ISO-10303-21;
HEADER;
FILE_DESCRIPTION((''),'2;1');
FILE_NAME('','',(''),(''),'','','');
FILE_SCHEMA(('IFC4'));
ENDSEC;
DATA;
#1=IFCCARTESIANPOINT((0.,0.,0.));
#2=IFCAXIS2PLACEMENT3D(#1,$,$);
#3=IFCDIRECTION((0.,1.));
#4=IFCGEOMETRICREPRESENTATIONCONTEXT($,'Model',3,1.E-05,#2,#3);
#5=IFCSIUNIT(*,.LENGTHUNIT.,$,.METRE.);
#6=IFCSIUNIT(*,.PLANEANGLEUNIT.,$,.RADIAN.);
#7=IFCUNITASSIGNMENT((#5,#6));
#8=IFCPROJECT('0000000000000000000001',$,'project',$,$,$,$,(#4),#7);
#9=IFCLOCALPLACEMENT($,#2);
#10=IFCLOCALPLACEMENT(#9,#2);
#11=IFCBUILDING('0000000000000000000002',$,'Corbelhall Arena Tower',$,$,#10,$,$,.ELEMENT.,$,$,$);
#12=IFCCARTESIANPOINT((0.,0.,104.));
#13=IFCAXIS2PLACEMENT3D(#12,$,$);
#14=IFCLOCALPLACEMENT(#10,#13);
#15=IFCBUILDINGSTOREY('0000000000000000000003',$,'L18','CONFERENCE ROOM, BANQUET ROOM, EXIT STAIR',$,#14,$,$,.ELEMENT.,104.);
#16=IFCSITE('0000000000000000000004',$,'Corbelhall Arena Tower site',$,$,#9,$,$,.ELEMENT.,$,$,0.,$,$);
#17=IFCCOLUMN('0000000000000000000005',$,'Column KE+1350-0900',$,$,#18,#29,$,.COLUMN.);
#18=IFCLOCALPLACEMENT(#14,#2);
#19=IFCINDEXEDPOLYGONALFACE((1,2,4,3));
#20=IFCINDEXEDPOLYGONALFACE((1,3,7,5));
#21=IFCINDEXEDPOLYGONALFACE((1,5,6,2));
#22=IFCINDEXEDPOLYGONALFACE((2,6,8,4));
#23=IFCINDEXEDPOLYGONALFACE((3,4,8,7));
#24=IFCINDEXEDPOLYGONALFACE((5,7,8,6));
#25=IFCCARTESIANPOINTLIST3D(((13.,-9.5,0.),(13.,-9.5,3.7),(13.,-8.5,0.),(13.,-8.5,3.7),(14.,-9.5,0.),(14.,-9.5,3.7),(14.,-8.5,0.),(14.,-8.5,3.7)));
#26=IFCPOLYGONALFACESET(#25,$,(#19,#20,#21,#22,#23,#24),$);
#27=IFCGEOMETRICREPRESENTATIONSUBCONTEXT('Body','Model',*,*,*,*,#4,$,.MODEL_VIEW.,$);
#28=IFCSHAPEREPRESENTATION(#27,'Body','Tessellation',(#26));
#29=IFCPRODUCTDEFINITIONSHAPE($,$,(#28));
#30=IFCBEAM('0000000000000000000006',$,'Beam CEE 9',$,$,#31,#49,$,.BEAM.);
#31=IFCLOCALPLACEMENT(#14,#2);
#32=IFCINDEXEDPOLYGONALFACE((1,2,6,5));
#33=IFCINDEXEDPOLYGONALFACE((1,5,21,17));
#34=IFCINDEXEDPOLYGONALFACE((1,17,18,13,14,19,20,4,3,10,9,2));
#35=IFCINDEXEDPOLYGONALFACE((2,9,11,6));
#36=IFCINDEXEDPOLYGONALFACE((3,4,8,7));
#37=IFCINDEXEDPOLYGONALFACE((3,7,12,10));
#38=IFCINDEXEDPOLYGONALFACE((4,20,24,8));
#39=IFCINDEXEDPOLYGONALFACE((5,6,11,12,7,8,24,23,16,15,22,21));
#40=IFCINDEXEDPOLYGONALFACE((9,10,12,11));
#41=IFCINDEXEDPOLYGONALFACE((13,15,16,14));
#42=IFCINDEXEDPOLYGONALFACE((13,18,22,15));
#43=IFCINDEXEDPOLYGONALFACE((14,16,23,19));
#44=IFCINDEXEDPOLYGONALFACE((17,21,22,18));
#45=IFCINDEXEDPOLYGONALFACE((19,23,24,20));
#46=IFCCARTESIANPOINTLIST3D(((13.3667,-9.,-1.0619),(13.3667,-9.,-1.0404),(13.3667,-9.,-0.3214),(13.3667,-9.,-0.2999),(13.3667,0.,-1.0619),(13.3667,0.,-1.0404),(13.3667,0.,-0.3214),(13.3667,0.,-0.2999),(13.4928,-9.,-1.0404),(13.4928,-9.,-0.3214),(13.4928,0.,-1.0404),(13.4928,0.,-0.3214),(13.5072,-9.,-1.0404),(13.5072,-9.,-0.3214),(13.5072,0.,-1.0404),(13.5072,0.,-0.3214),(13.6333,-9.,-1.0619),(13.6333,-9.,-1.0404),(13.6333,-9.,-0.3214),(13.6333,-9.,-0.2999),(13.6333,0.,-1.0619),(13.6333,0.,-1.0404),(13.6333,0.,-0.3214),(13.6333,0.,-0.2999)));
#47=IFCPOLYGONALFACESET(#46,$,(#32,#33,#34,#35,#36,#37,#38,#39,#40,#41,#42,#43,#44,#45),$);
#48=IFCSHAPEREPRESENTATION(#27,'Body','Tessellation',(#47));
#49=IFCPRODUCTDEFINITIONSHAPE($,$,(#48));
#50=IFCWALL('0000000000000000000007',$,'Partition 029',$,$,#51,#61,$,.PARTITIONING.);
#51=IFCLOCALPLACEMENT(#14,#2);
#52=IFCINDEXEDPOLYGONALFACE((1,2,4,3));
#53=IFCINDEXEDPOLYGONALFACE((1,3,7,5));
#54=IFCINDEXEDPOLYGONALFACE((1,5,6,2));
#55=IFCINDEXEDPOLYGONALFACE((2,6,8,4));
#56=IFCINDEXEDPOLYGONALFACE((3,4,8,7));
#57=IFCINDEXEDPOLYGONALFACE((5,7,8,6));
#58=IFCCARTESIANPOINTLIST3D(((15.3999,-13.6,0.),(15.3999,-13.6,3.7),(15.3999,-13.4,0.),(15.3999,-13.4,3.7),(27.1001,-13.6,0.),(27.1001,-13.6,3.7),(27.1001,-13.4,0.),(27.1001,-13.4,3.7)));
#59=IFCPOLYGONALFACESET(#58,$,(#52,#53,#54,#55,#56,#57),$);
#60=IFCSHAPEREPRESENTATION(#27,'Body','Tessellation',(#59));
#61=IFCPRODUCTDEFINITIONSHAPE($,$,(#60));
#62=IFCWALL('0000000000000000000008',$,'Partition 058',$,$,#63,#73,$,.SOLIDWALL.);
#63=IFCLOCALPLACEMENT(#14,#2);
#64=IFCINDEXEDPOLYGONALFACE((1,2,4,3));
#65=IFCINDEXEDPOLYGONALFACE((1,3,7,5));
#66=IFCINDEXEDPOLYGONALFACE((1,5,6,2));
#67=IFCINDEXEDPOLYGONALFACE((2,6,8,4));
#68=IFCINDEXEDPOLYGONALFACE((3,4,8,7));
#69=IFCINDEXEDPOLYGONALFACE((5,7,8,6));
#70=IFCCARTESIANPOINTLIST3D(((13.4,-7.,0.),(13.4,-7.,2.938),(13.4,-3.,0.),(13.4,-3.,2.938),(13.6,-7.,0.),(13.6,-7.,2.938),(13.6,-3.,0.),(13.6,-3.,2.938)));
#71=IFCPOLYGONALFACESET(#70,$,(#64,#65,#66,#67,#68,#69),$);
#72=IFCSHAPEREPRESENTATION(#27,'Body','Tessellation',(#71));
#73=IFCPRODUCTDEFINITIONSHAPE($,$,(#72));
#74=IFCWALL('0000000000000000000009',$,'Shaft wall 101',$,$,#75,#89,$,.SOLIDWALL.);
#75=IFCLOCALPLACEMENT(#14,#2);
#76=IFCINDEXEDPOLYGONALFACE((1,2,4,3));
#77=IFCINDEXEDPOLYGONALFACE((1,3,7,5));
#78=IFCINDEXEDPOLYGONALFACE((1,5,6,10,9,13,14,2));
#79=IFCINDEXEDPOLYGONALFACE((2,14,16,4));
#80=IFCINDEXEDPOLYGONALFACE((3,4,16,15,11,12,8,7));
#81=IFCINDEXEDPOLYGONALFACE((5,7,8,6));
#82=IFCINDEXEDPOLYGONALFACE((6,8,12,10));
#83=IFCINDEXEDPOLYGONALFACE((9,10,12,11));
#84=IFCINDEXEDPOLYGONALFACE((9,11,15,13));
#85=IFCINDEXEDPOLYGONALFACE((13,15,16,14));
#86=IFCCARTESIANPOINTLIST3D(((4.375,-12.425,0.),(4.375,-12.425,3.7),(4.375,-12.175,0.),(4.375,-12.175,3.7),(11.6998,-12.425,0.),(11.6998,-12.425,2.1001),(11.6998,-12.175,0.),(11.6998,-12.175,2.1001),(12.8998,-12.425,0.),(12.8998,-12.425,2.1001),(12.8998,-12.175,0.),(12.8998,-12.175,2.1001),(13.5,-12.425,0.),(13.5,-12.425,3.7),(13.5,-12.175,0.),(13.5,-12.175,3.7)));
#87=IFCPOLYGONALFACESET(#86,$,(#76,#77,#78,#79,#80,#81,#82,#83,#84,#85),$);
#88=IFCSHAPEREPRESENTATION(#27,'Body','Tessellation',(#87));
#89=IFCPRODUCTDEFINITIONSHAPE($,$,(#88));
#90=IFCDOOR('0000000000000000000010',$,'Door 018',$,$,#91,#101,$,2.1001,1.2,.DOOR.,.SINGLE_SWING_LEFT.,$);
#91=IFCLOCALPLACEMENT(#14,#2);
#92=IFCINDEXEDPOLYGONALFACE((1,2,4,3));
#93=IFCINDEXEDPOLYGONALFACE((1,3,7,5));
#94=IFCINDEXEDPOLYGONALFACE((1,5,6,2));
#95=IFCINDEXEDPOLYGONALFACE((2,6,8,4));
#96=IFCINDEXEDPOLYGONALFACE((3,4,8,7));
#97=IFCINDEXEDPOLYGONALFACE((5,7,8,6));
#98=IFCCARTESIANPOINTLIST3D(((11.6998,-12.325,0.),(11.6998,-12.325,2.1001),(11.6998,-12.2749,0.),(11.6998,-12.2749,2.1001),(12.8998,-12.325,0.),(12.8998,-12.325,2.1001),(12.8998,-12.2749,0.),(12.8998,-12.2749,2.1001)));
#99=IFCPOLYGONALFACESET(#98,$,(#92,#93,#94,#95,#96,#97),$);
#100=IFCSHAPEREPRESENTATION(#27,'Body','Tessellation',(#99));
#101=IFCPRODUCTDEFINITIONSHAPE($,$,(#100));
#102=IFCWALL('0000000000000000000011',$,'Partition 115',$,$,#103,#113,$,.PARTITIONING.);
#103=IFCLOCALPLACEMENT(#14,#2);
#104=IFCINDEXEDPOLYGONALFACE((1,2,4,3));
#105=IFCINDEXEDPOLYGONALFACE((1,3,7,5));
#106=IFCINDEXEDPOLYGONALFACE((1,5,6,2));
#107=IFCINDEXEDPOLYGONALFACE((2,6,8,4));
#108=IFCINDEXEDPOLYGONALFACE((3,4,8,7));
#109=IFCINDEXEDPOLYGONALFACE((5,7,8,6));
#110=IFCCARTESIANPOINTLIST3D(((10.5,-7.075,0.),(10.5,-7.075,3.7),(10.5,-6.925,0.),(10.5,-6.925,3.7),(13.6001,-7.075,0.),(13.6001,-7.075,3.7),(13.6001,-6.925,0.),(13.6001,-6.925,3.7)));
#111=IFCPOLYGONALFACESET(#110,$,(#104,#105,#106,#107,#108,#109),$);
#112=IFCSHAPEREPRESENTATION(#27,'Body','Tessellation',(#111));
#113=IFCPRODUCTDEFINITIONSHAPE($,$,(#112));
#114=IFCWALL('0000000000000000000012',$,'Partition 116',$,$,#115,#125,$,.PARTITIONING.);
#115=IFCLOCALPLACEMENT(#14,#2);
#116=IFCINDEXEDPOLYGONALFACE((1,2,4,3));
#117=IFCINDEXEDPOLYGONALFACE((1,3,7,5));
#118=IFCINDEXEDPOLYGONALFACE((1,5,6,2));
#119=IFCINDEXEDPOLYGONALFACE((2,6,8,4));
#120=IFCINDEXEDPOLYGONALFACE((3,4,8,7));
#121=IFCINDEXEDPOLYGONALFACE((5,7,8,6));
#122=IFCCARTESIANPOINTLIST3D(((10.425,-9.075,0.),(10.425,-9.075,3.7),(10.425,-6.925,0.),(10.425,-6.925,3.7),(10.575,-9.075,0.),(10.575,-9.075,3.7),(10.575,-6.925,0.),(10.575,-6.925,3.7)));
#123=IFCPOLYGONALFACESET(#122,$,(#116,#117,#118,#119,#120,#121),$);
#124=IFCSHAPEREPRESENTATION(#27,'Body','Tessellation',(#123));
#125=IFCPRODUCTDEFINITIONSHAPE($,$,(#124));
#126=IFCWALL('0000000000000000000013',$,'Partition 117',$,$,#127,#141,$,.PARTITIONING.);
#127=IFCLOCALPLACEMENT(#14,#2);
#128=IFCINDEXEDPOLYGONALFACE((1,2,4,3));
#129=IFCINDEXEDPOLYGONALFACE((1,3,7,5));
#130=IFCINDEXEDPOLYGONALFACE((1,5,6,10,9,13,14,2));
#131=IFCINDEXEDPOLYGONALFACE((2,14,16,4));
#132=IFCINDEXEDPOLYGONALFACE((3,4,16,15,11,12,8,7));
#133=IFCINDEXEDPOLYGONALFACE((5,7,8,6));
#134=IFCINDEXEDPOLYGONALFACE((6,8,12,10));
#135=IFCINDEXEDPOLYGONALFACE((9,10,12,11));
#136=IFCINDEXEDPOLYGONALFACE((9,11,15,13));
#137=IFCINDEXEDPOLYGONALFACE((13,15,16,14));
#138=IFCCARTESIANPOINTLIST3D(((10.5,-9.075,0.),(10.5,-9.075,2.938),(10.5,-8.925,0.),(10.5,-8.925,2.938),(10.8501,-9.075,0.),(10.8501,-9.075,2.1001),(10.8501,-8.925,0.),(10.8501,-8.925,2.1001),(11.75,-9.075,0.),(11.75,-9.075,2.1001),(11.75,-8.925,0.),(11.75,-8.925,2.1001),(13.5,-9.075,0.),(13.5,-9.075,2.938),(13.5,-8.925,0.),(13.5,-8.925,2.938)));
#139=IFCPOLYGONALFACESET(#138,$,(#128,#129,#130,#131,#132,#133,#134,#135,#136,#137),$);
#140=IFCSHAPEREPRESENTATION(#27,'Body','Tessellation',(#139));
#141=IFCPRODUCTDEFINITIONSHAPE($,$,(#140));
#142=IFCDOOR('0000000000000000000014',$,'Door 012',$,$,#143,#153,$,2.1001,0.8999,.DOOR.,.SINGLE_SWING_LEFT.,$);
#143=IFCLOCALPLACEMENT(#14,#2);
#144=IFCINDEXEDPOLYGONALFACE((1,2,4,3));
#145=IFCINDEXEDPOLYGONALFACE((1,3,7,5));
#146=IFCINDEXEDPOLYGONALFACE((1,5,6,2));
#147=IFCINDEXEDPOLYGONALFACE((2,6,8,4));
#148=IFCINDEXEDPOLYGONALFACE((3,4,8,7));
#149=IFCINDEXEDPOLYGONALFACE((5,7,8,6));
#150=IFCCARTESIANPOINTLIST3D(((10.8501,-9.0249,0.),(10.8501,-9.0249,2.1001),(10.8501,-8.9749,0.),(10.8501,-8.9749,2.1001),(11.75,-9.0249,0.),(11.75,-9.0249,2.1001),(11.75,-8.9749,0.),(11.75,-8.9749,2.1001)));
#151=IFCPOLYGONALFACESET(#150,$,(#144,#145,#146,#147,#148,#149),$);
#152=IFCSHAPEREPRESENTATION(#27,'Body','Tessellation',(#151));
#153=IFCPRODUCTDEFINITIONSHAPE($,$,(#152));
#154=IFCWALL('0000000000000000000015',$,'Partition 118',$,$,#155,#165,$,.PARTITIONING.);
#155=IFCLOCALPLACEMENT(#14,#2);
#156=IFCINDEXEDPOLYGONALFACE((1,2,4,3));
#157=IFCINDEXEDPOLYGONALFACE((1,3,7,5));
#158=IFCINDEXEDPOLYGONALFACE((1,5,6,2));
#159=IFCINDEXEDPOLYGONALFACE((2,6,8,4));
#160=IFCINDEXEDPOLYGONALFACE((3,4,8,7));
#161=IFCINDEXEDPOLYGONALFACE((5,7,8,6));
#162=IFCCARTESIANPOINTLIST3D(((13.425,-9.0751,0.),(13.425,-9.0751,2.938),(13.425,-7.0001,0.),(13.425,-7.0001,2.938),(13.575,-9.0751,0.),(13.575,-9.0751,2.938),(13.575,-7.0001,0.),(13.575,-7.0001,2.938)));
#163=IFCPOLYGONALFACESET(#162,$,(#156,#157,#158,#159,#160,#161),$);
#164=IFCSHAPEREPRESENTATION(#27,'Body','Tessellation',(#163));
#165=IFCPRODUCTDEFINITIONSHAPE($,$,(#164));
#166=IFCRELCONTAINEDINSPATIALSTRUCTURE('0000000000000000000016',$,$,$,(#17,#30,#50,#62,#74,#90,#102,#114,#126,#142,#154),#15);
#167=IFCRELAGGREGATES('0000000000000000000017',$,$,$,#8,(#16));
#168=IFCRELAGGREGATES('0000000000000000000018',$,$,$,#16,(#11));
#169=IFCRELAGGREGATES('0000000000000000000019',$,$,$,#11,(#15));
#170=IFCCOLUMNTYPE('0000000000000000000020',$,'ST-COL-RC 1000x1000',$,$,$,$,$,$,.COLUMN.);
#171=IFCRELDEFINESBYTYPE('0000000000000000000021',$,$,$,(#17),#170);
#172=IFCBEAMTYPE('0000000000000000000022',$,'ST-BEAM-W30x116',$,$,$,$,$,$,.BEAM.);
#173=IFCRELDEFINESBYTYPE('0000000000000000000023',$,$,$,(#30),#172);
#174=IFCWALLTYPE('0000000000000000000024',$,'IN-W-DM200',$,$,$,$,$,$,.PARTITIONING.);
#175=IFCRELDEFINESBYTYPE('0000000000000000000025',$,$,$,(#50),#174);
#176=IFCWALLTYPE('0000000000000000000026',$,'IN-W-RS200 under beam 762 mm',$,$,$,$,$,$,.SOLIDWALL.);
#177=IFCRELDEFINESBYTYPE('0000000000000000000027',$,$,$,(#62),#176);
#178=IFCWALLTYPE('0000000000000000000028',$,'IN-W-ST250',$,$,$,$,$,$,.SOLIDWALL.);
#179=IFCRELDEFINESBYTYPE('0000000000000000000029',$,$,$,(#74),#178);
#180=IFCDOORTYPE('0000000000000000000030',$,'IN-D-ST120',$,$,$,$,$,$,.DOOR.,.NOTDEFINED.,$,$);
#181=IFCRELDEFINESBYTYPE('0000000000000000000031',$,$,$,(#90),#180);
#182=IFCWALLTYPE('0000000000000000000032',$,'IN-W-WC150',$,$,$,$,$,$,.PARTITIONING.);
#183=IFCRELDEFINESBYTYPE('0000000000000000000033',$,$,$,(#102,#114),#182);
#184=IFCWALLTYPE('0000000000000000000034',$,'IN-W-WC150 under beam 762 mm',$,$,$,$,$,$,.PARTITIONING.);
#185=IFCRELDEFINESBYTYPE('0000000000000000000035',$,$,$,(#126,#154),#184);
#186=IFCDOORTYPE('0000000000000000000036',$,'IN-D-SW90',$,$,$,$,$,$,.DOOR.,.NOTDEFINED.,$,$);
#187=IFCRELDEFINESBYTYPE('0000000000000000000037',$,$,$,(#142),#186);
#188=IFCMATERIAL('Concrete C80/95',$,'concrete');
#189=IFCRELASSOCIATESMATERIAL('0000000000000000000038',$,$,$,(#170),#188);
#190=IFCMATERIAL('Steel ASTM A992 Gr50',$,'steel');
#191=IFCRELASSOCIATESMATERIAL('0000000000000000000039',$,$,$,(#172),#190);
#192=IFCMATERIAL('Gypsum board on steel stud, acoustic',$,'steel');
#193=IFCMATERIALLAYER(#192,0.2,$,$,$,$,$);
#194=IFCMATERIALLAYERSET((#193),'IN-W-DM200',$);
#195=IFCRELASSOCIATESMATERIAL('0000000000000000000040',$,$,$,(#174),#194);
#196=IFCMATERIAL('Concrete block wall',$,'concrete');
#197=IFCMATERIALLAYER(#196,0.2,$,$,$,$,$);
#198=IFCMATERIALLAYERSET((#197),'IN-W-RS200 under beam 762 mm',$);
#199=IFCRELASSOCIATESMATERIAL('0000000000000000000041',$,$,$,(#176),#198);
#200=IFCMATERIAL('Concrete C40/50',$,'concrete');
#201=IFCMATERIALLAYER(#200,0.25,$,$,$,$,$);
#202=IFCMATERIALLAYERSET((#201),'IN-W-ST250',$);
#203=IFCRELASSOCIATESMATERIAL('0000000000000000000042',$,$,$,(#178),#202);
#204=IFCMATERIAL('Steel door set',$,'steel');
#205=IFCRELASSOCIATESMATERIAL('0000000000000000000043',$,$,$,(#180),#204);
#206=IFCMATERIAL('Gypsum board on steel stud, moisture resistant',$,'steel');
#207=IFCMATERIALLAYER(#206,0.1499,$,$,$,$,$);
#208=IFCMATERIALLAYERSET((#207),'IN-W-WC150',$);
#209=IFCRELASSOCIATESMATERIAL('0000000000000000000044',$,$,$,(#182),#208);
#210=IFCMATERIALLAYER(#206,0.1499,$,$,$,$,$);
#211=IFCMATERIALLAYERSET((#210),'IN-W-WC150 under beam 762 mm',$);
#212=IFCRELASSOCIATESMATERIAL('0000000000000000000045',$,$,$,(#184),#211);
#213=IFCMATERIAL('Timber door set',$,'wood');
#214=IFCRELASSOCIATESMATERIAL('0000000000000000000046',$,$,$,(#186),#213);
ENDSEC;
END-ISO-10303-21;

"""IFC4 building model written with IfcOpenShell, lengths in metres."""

from ifc_helpers import new_model, si_unit, direction, frame, frame_2d, origin, origin_2d, place, context, subcontext, project, spatial, rectangle, i_section, extrude, material, layer, layer_set, material_profile, profile_set, type_object, element, fill, save


model = new_model("IFC4")

# Units and contexts
model_context = context("Model", 3, precision=1e-05, world=origin(), true_north=direction((0.0, 1.0)))
body_context = subcontext(model_context, "Body", "Model", "MODEL_VIEW")
ifc_project = project(units=[si_unit("LENGTHUNIT", "METRE"), si_unit("PLANEANGLEUNIT", "RADIAN")], contexts=[model_context])

# Site, building, storey
site_placement = place(None, origin())
site = spatial("IfcSite", under=ifc_project, at=site_placement, Name="Corbelhall Arena Tower site", CompositionType="ELEMENT", RefElevation=0.0)
building_placement = place(site_placement, origin())
building = spatial("IfcBuilding", under=site, at=building_placement, Name="Corbelhall Arena Tower", CompositionType="ELEMENT")
storey_placement = place(building_placement, frame((0.0, 0.0, 104.0)))
storey = spatial("IfcBuildingStorey", under=building, at=storey_placement, Name="L18", Description="CONFERENCE ROOM, BANQUET ROOM, EXIT STAIR", CompositionType="ELEMENT", Elevation=104.0)

# Column
ifc_material_1 = material(Name="Concrete C80/95", Category="concrete")
ifc_material_profile_1 = material_profile(ifc_material_1, rectangle(XDim=1.0, YDim=1.0, at=origin_2d()))
ifc_profile_set_1 = profile_set([ifc_material_profile_1], Name="Concrete C80/95")
column_type = type_object("IfcColumnType", Name="ST-COL-RC 1000x1000", PredefinedType="COLUMN", material=ifc_profile_set_1)
column_placement = place(storey_placement, frame((13.5, -9.0, 0.0), z_axis=(0.0, 0.0, 1.0), x_axis=(1.0, 0.0, 0.0)))
element("IfcColumn", 1, at=column_placement, inside=storey, type_object=column_type, Name="Column KE+1350-0900", PredefinedType="COLUMN", context=body_context, shape_type="SweptSolid", body=[
    extrude(rectangle(XDim=1.0, YDim=1.0, at=origin_2d()), origin(), (0.0, 0.0, 1.0), 3.7),
])

# Beam
ifc_material_2 = material(Name="Steel ASTM A992 Gr50", Category="steel")
ifc_material_profile_2 = material_profile(ifc_material_2, i_section(OverallWidth=0.2666, OverallDepth=0.762, WebThickness=0.0144, FlangeThickness=0.0215, at=origin_2d()))
ifc_profile_set_2 = profile_set([ifc_material_profile_2], Name="Steel ASTM A992 Gr50")
beam_type = type_object("IfcBeamType", Name="ST-BEAM-W30x116", PredefinedType="BEAM", material=ifc_profile_set_2)
beam_placement = place(storey_placement, frame((13.5, -9.0, -0.6809), z_axis=(0.0, 1.0, 0.0), x_axis=(-1.0, 0.0, 0.0)))
element("IfcBeam", 2, at=beam_placement, inside=storey, type_object=beam_type, Name="Beam CEE 9", PredefinedType="BEAM", context=body_context, shape_type="SweptSolid", body=[
    extrude(i_section(OverallWidth=0.2666, OverallDepth=0.762, WebThickness=0.0144, FlangeThickness=0.0215, at=origin_2d()), origin(), (0.0, 0.0, 1.0), 9.0),
])

# Shared definitions
ifc_material_3 = material(Name="Gypsum board on steel stud, acoustic", Category="steel")
ifc_layer_1 = layer(ifc_material_3, 0.2)
ifc_layer_set_1 = layer_set([ifc_layer_1], Name="IN-W-DM200")
wall_type_1 = type_object("IfcWallType", Name="IN-W-DM200", PredefinedType="PARTITIONING", material=ifc_layer_set_1)
ifc_material_4 = material(Name="Steel door set", Category="steel")

# Wall
wall_1_placement = place(storey_placement, frame((15.3999, -13.5, 0.0), z_axis=(0.0, 0.0, 1.0), x_axis=(1.0, 0.0, 0.0)))
element("IfcWall", 3, at=wall_1_placement, inside=storey, type_object=wall_type_1, Name="Partition 029", PredefinedType="PARTITIONING", context=body_context, shape_type="SweptSolid", body=[
    extrude(rectangle(XDim=11.7002, YDim=0.2, at=frame_2d((5.8501, 0.0))), origin(), (0.0, 0.0, 1.0), 3.7),
])

# Shared definitions
ifc_material_5 = material(Name="Concrete block wall", Category="concrete")

# Wall
ifc_layer_2 = layer(ifc_material_5, 0.2)
ifc_layer_set_2 = layer_set([ifc_layer_2], Name="IN-W-RS200 under beam 762 mm")
wall_type_2 = type_object("IfcWallType", Name="IN-W-RS200 under beam 762 mm", PredefinedType="SOLIDWALL", material=ifc_layer_set_2)
wall_2_placement = place(storey_placement, frame((13.5, -3.0, 0.0), z_axis=(0.0, 0.0, 1.0), x_axis=(0.0, -1.0, 0.0)))
element("IfcWall", 4, at=wall_2_placement, inside=storey, type_object=wall_type_2, Name="Partition 058", PredefinedType="SOLIDWALL", context=body_context, shape_type="SweptSolid", body=[
    extrude(rectangle(XDim=4.0, YDim=0.2, at=frame_2d((2.0, 0.0))), origin(), (0.0, 0.0, 1.0), 2.938),
])

# Wall, opening, door
ifc_material_6 = material(Name="Concrete C40/50", Category="concrete")
ifc_layer_3 = layer(ifc_material_6, 0.25)
ifc_layer_set_3 = layer_set([ifc_layer_3], Name="IN-W-ST250")
wall_type_3 = type_object("IfcWallType", Name="IN-W-ST250", PredefinedType="SOLIDWALL", material=ifc_layer_set_3)
wall_3_placement = place(storey_placement, frame((13.5, -12.3, 0.0), z_axis=(0.0, 0.0, 1.0), x_axis=(-1.0, 0.0, 0.0)))
wall_3 = element("IfcWall", 5, at=wall_3_placement, inside=storey, type_object=wall_type_3, Name="Shaft wall 101", PredefinedType="SOLIDWALL", context=body_context, shape_type="SweptSolid", body=[
    extrude(rectangle(XDim=9.125, YDim=0.25, at=frame_2d((4.5625, 0.0))), origin(), (0.0, 0.0, 1.0), 3.7),
])
opening_1_placement = place(wall_3_placement, frame((0.6001, 0.0, 0.0)))
opening_1 = element("IfcOpeningElement", 6, at=opening_1_placement, cuts=wall_3, PredefinedType="OPENING", context=body_context, shape_type="SweptSolid", body=[
    extrude(rectangle(XDim=1.2, YDim=2.1001, at=frame_2d((0.6001, 1.05))), frame((0.0, 0.125, 0.0), z_axis=(0.0, -1.0, 0.0), x_axis=(1.0, 0.0, 0.0)), (0.0, 0.0, 1.0), 0.25),
])
door_type_1 = type_object("IfcDoorType", Name="IN-D-ST120", OperationType="NOTDEFINED", PredefinedType="DOOR", material=ifc_material_4)
door_1_placement = place(opening_1_placement, origin())
door_1 = element("IfcDoor", 7, at=door_1_placement, inside=storey, type_object=door_type_1, Name="Door 018", OperationType="SINGLE_SWING_LEFT", OverallHeight=2.1001, OverallWidth=1.2, PredefinedType="DOOR", context=body_context, shape_type="SweptSolid", body=[
    extrude(rectangle(XDim=1.2, YDim=2.1001, at=frame_2d((0.6001, 1.05))), frame((0.0, 0.0249, 0.0), z_axis=(0.0, -1.0, 0.0), x_axis=(1.0, 0.0, 0.0)), (0.0, 0.0, 1.0), 0.05),
])
fill(opening_1, door_1)

# Walls
ifc_material_7 = material(Name="Gypsum board on steel stud, moisture resistant", Category="steel")
ifc_layer_4 = layer(ifc_material_7, 0.1499)
ifc_layer_set_4 = layer_set([ifc_layer_4], Name="IN-W-WC150")
wall_type_4 = type_object("IfcWallType", Name="IN-W-WC150", PredefinedType="PARTITIONING", material=ifc_layer_set_4)
wall_4_placement = place(storey_placement, frame((10.5, -7.0, 0.0), z_axis=(0.0, 0.0, 1.0), x_axis=(1.0, 0.0, 0.0)))
element("IfcWall", 8, at=wall_4_placement, inside=storey, type_object=wall_type_4, Name="Partition 115", PredefinedType="PARTITIONING", context=body_context, shape_type="SweptSolid", body=[
    extrude(rectangle(XDim=3.1001, YDim=0.1499, at=frame_2d((1.55, 0.0))), origin(), (0.0, 0.0, 1.0), 3.7),
])
wall_5_placement = place(storey_placement, frame((10.5, -6.925, 0.0), z_axis=(0.0, 0.0, 1.0), x_axis=(0.0, -1.0, 0.0)))
element("IfcWall", 9, at=wall_5_placement, inside=storey, type_object=wall_type_4, Name="Partition 116", PredefinedType="PARTITIONING", context=body_context, shape_type="SweptSolid", body=[
    extrude(rectangle(XDim=2.1499, YDim=0.1499, at=frame_2d((1.075, 0.0))), origin(), (0.0, 0.0, 1.0), 3.7),
])

# Wall, opening, door
ifc_layer_5 = layer(ifc_material_7, 0.1499)
ifc_layer_set_5 = layer_set([ifc_layer_5], Name="IN-W-WC150 under beam 762 mm")
wall_type_5 = type_object("IfcWallType", Name="IN-W-WC150 under beam 762 mm", PredefinedType="PARTITIONING", material=ifc_layer_set_5)
wall_6_placement = place(storey_placement, frame((13.5, -9.0, 0.0), z_axis=(0.0, 0.0, 1.0), x_axis=(-1.0, 0.0, 0.0)))
wall_6 = element("IfcWall", 10, at=wall_6_placement, inside=storey, type_object=wall_type_5, Name="Partition 117", PredefinedType="PARTITIONING", context=body_context, shape_type="SweptSolid", body=[
    extrude(rectangle(XDim=3.0, YDim=0.1499, at=frame_2d((1.5, 0.0))), origin(), (0.0, 0.0, 1.0), 2.938),
])
opening_2_placement = place(wall_6_placement, frame((1.75, 0.0, 0.0)))
opening_2 = element("IfcOpeningElement", 11, at=opening_2_placement, cuts=wall_6, PredefinedType="OPENING", context=body_context, shape_type="SweptSolid", body=[
    extrude(rectangle(XDim=0.8999, YDim=2.1001, at=frame_2d((0.45, 1.05))), frame((0.0, 0.075, 0.0), z_axis=(0.0, -1.0, 0.0), x_axis=(1.0, 0.0, 0.0)), (0.0, 0.0, 1.0), 0.1499),
])
ifc_material_8 = material(Name="Timber door set", Category="wood")
door_type_2 = type_object("IfcDoorType", Name="IN-D-SW90", OperationType="NOTDEFINED", PredefinedType="DOOR", material=ifc_material_8)
door_2_placement = place(opening_2_placement, origin())
door_2 = element("IfcDoor", 12, at=door_2_placement, inside=storey, type_object=door_type_2, Name="Door 012", OperationType="SINGLE_SWING_LEFT", OverallHeight=2.1001, OverallWidth=0.8999, PredefinedType="DOOR", context=body_context, shape_type="SweptSolid", body=[
    extrude(rectangle(XDim=0.8999, YDim=2.1001, at=frame_2d((0.45, 1.05))), frame((0.0, 0.0249, 0.0), z_axis=(0.0, -1.0, 0.0), x_axis=(1.0, 0.0, 0.0)), (0.0, 0.0, 1.0), 0.05),
])
fill(opening_2, door_2)

# Wall
wall_7_placement = place(storey_placement, frame((13.5, -7.0, 0.0), z_axis=(0.0, 0.0, 1.0), x_axis=(0.0, -1.0, 0.0)))
element("IfcWall", 13, at=wall_7_placement, inside=storey, type_object=wall_type_5, Name="Partition 118", PredefinedType="PARTITIONING", context=body_context, shape_type="SweptSolid", body=[
    extrude(rectangle(XDim=2.075, YDim=0.1499, at=frame_2d((1.0376, 0.0))), origin(), (0.0, 0.0, 1.0), 2.938),
])

save(model, "model.ifc")
